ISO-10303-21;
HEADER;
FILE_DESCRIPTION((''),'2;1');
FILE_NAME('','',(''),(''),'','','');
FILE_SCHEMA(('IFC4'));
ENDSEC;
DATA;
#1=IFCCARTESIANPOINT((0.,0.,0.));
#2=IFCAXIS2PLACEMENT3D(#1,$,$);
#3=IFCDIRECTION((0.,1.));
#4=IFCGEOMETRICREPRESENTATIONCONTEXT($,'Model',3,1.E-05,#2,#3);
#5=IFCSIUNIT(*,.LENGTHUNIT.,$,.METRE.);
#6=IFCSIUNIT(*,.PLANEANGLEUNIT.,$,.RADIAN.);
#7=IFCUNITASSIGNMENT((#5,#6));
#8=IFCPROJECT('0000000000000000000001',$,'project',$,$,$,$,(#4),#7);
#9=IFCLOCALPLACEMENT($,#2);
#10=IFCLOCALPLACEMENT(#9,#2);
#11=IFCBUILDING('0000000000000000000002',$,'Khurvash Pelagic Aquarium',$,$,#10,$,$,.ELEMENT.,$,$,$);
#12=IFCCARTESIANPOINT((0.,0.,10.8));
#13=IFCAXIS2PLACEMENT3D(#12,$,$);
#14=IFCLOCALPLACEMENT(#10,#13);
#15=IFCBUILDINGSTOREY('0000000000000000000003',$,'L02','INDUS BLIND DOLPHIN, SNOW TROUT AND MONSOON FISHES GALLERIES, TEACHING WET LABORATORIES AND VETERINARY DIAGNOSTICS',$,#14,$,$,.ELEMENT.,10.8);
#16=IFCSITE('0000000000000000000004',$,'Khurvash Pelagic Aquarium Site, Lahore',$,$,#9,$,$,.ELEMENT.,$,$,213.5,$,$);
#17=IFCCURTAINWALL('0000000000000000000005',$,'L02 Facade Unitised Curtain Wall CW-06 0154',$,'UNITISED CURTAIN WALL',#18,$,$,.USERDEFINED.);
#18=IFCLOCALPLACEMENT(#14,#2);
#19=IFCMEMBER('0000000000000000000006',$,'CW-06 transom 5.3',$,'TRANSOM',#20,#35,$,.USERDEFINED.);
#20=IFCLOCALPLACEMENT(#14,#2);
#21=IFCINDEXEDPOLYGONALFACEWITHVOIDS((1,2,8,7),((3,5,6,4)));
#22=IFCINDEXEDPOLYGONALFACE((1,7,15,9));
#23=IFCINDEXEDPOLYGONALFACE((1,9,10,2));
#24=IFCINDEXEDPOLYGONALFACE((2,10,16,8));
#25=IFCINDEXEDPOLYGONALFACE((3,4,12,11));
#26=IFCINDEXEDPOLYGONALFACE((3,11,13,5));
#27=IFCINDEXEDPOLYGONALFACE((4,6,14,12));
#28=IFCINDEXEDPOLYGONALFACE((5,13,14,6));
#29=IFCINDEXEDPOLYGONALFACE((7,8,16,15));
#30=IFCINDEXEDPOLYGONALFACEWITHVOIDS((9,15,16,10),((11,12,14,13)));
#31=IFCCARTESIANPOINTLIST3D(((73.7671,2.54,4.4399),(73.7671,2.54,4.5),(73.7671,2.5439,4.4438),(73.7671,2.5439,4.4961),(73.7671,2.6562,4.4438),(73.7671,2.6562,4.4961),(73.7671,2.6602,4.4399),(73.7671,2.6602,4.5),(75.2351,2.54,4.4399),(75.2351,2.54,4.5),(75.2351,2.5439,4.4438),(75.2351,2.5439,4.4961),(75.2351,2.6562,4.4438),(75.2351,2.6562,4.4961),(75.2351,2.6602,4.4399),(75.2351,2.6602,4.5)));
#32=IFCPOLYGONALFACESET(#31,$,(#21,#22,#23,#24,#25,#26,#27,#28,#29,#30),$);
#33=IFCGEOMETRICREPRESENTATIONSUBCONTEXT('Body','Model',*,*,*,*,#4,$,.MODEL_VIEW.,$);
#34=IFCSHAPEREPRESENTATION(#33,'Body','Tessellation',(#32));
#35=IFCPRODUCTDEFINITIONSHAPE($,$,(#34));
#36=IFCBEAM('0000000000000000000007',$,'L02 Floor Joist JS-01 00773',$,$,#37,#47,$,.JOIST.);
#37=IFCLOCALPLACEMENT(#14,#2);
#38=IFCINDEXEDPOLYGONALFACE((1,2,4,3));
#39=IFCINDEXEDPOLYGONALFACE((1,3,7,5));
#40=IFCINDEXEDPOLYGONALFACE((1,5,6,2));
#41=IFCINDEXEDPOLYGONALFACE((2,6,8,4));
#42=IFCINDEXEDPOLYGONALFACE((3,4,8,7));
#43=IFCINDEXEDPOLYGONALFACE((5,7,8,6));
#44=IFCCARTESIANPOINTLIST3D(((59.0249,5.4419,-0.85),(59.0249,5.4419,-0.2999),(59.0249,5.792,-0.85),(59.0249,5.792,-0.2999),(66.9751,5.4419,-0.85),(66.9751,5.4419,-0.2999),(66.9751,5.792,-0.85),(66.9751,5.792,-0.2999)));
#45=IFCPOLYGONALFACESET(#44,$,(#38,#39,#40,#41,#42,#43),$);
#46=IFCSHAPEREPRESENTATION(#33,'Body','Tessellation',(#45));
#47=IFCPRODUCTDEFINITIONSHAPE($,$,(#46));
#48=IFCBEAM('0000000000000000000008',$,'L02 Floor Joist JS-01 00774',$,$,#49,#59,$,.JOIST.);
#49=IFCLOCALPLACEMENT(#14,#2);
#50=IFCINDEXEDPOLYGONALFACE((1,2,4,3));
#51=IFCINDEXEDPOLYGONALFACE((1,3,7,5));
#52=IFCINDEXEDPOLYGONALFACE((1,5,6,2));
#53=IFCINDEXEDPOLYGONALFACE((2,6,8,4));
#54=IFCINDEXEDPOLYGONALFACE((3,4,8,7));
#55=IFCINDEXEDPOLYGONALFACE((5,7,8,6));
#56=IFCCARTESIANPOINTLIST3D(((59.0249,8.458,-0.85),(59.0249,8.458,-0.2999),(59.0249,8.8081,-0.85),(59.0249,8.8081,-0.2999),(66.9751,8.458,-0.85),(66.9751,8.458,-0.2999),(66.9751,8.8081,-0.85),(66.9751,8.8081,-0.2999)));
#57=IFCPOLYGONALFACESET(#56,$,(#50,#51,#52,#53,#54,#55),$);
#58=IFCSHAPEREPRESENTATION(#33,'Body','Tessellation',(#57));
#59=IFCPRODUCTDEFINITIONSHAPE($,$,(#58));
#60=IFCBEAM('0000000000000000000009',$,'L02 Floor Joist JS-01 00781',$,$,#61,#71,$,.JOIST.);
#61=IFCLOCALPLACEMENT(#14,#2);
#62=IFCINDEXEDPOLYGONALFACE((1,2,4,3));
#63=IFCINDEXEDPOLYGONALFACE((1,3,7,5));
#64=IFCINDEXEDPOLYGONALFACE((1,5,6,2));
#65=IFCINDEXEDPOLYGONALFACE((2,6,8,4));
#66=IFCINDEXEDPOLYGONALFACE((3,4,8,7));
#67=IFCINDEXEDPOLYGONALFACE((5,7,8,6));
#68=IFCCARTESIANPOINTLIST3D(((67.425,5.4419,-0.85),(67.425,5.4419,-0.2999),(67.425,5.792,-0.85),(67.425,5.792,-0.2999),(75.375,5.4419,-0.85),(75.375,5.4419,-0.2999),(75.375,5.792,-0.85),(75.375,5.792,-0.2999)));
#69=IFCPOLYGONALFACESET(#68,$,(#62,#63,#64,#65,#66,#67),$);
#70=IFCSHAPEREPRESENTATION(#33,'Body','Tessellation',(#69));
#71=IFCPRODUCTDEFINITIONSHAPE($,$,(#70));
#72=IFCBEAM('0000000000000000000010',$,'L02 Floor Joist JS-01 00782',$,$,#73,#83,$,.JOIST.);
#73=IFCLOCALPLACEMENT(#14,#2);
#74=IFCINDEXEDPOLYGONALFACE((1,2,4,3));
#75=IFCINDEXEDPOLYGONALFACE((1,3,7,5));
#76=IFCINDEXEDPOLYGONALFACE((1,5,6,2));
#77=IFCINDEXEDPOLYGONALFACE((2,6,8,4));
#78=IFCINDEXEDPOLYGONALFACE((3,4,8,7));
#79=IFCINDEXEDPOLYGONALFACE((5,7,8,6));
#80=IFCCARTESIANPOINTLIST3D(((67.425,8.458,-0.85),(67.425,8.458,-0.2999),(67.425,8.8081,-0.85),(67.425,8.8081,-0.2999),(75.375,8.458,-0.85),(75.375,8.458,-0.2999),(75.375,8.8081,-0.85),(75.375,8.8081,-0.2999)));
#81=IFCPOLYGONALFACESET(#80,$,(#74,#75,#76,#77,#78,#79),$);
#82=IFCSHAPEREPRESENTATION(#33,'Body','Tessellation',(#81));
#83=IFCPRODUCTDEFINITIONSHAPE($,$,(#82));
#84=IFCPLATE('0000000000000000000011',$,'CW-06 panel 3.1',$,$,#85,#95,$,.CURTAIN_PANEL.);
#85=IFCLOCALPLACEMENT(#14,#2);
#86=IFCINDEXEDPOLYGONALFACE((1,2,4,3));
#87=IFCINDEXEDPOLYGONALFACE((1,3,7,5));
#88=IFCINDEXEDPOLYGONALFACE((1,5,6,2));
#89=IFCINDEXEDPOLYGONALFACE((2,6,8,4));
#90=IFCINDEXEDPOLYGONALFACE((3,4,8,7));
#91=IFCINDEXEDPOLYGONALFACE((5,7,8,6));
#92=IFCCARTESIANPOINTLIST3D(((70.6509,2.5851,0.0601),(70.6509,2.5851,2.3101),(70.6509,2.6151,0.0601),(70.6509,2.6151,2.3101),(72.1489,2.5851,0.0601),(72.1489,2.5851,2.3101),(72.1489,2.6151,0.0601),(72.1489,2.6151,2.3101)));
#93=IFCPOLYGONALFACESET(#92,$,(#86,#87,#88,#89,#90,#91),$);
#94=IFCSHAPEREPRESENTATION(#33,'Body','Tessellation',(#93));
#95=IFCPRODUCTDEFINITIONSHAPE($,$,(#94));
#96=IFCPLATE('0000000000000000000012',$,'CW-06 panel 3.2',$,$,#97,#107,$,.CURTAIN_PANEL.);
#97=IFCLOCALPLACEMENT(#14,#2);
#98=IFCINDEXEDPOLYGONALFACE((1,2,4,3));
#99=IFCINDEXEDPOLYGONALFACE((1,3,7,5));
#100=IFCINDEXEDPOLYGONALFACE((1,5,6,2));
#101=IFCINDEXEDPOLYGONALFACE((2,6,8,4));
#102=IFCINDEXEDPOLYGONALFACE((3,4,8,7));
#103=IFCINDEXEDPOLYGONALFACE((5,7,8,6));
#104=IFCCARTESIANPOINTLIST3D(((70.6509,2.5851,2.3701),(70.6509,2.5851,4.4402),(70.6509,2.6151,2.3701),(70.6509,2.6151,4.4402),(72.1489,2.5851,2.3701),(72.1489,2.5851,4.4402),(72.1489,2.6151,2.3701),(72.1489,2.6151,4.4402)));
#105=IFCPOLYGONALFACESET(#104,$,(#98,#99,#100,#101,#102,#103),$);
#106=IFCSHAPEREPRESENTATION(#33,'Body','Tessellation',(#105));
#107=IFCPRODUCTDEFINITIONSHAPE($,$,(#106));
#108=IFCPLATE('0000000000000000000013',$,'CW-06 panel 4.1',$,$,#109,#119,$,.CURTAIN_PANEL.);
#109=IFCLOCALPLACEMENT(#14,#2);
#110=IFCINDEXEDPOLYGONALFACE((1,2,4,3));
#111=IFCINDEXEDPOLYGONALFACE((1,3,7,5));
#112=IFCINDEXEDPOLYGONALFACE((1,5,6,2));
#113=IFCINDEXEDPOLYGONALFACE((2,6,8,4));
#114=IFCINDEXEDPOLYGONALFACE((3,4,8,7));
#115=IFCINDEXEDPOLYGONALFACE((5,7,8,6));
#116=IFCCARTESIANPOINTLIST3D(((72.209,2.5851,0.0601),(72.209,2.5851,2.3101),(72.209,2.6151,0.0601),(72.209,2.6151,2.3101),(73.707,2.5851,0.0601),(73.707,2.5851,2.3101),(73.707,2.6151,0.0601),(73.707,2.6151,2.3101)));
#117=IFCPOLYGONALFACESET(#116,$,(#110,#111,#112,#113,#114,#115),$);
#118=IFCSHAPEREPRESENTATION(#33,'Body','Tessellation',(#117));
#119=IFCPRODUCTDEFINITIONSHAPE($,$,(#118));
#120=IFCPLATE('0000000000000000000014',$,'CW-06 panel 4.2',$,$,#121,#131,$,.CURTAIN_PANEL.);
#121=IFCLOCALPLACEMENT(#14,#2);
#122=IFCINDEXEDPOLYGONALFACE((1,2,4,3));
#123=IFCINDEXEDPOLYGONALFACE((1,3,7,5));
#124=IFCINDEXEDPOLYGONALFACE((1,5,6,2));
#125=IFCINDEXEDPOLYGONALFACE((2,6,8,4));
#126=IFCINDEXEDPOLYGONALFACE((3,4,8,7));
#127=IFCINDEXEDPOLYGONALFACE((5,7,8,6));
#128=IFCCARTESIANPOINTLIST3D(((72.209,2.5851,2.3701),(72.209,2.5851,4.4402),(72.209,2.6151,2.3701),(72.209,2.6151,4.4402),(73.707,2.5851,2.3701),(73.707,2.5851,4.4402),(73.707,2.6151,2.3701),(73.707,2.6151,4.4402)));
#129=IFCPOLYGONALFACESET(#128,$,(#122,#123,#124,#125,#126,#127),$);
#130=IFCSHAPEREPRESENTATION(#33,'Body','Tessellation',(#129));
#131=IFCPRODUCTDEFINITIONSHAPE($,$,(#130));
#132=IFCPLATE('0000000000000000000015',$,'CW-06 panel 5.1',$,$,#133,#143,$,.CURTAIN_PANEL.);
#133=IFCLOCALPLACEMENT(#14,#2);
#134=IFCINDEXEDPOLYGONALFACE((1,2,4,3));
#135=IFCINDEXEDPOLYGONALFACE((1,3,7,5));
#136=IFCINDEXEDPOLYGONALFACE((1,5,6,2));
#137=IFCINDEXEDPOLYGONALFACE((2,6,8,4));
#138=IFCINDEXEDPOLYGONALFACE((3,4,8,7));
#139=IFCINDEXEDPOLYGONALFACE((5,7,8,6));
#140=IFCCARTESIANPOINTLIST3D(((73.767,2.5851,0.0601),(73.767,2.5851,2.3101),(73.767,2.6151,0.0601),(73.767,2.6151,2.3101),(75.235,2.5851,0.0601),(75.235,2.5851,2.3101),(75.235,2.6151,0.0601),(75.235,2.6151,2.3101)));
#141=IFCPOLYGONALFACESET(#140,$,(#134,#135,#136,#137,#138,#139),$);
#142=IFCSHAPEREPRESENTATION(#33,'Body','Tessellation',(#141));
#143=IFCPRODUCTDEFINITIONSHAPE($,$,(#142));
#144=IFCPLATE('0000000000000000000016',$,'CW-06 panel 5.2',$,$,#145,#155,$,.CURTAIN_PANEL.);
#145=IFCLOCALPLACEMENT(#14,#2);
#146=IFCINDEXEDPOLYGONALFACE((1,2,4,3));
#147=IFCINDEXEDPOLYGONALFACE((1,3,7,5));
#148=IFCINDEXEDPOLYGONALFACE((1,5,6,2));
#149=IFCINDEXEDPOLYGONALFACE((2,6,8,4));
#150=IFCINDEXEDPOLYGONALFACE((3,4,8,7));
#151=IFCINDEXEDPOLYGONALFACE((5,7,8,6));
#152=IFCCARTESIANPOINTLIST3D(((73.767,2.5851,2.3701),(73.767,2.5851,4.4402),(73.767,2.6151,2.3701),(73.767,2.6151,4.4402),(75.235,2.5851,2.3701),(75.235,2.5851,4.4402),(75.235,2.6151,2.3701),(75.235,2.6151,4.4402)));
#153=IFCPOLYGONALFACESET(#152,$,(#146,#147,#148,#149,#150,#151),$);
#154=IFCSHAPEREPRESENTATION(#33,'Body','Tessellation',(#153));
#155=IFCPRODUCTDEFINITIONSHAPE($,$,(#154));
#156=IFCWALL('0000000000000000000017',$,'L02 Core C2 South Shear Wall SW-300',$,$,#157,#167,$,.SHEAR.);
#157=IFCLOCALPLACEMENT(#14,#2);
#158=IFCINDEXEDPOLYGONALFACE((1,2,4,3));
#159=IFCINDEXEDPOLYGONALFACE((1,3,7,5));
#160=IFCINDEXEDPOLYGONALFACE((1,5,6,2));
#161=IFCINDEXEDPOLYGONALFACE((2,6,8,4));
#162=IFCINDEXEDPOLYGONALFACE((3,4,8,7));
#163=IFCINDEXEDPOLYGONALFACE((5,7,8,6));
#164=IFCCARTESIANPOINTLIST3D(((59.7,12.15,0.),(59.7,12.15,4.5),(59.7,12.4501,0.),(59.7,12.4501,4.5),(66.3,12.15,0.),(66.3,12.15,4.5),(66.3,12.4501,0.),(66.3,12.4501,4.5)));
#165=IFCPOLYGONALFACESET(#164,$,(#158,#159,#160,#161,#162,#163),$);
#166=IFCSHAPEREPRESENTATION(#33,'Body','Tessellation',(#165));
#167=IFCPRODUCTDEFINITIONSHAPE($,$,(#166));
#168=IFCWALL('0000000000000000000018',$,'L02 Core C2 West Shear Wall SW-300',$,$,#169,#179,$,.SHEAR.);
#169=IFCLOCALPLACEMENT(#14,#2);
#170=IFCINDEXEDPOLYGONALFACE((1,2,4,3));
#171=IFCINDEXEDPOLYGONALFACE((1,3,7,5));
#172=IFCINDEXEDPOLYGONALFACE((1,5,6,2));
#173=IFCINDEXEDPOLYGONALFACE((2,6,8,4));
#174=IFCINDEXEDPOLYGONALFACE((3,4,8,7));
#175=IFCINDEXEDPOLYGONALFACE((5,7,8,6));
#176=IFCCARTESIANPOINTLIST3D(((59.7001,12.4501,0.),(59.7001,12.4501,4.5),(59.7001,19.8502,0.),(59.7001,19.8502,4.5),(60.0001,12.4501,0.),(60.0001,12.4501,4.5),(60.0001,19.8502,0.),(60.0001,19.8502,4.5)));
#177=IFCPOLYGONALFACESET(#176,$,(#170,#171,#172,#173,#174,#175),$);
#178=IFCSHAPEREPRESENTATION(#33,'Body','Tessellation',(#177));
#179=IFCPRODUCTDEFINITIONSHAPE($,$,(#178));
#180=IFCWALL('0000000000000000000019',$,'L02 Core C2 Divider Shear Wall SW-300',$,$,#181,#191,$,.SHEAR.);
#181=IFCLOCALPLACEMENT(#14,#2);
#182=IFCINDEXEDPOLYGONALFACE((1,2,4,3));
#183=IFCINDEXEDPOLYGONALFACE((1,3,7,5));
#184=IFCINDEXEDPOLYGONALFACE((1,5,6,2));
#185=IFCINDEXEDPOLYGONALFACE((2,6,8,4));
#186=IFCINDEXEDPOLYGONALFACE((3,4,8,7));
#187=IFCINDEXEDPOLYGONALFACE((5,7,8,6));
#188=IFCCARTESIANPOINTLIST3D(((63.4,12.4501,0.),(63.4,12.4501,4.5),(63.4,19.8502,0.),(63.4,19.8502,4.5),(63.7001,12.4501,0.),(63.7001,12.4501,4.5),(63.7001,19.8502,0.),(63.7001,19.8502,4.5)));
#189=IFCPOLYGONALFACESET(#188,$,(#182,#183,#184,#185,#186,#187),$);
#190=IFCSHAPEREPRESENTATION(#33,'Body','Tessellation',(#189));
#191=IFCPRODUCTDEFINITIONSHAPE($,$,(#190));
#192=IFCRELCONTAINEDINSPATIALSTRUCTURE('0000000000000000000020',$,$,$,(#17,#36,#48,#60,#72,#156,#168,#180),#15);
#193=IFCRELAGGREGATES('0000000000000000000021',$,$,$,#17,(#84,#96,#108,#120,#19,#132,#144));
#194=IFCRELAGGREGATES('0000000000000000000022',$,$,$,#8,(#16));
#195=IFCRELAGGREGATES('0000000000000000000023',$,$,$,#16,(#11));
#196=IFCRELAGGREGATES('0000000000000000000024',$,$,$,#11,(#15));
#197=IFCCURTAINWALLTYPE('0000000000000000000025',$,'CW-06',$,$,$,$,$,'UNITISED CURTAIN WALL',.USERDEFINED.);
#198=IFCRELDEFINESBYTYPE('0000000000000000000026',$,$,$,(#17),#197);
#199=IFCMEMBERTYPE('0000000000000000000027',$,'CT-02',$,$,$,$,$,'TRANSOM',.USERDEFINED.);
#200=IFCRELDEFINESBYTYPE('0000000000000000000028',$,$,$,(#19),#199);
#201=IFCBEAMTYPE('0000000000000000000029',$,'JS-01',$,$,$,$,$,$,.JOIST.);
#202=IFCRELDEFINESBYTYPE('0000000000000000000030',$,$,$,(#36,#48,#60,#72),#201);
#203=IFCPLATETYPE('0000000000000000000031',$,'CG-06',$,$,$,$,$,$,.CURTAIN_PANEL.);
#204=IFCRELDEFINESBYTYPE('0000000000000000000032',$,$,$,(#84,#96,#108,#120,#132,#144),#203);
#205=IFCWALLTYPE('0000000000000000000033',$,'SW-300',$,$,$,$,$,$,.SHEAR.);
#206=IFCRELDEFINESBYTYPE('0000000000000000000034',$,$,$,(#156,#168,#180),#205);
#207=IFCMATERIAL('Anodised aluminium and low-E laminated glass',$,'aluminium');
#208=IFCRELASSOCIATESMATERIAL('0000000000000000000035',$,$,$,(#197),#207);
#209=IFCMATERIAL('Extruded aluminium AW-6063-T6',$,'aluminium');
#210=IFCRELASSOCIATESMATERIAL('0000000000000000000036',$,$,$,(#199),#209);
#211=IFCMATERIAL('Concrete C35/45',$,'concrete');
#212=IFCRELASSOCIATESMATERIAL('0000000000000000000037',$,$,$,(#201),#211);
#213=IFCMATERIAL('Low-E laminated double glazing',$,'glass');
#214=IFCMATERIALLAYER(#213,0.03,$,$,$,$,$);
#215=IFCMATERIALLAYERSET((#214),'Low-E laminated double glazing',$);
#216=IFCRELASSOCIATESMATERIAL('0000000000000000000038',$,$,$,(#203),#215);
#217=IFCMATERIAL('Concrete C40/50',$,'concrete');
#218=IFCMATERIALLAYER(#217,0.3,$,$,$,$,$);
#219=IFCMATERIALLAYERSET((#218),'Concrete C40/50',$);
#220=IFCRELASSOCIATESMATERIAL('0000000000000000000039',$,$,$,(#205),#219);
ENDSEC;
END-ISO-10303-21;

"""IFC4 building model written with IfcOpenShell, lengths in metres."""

from ifc_helpers import new_model, si_unit, direction, frame, frame_2d, origin, origin_2d, place, context, subcontext, project, spatial, rectangle, hollow_rectangle, extrude, material, layer, layer_set, material_profile, profile_set, type_object, element, aggregate, save


model = new_model("IFC4")

# Units and contexts
model_context = context("Model", 3, precision=1e-05, world=origin(), true_north=direction((0.0, 1.0)))
body_context = subcontext(model_context, "Body", "Model", "MODEL_VIEW")
ifc_project = project(units=[si_unit("LENGTHUNIT", "METRE"), si_unit("PLANEANGLEUNIT", "RADIAN")], contexts=[model_context])

# Site, building, storey
site_placement = place(None, origin())
site = spatial("IfcSite", under=ifc_project, at=site_placement, Name="Khurvash Pelagic Aquarium Site, Lahore", CompositionType="ELEMENT", RefElevation=213.5)
building_placement = place(site_placement, origin())
building = spatial("IfcBuilding", under=site, at=building_placement, Name="Khurvash Pelagic Aquarium", CompositionType="ELEMENT")
storey_placement = place(building_placement, frame((0.0, 0.0, 10.8)))
storey = spatial("IfcBuildingStorey", under=building, at=storey_placement, Name="L02", Description="INDUS BLIND DOLPHIN, SNOW TROUT AND MONSOON FISHES GALLERIES, TEACHING WET LABORATORIES AND VETERINARY DIAGNOSTICS", CompositionType="ELEMENT", Elevation=10.8)

# Shared definitions
ifc_material_1 = material(Name="Concrete C40/50", Category="concrete")

# Shared definitions
ifc_material_2 = material(Name="Concrete C35/45", Category="concrete")

# Curtain wall, member
ifc_material_3 = material(Name="Anodised aluminium and low-E laminated glass", Category="aluminium")
curtain_wall_type = type_object("IfcCurtainWallType", Name="CW-06", ElementType="UNITISED CURTAIN WALL", PredefinedType="USERDEFINED", material=ifc_material_3)
curtain_wall_placement = place(storey_placement, origin())
curtain_wall = element("IfcCurtainWall", 1, at=curtain_wall_placement, inside=storey, type_object=curtain_wall_type, Name="L02 Facade Unitised Curtain Wall CW-06 0154", ObjectType="UNITISED CURTAIN WALL", PredefinedType="USERDEFINED")
ifc_material_4 = material(Name="Extruded aluminium AW-6063-T6", Category="aluminium")
ifc_material_profile_1 = material_profile(ifc_material_4, hollow_rectangle(XDim=0.1201, YDim=0.0601, WallThickness=0.0039, at=origin_2d()), Name="CWT120X60X4")
ifc_profile_set_1 = profile_set([ifc_material_profile_1], Name="Extruded aluminium AW-6063-T6")
member_type_1 = type_object("IfcMemberType", Name="CT-02", ElementType="TRANSOM", PredefinedType="USERDEFINED", material=ifc_profile_set_1)
member_1_placement = place(storey_placement, frame((73.7671, 2.6001, 4.47), z_axis=(1.0, 0.0, 0.0), x_axis=(0.0, 1.0, 0.0)))
member_1 = element("IfcMember", 2, at=member_1_placement, type_object=member_type_1, Name="CW-06 transom 5.3", ObjectType="TRANSOM", PredefinedType="USERDEFINED", context=body_context, shape_type="SweptSolid", body=[
    extrude(hollow_rectangle(XDim=0.1201, YDim=0.0601, WallThickness=0.0039, at=origin_2d()), origin(), (0.0, 0.0, 1.0), 1.468),
])

# Beams
ifc_material_profile_2 = material_profile(ifc_material_2, rectangle(XDim=0.3501, YDim=0.55, at=origin_2d()), Name="RC350X550")
ifc_profile_set_2 = profile_set([ifc_material_profile_2], Name="Concrete C35/45")
beam_type_1 = type_object("IfcBeamType", Name="JS-01", PredefinedType="JOIST", material=ifc_profile_set_2)
for number, where, z_axis, x_axis, name in (
    (3, (59.0249, 5.6169, -0.575), (1.0, 0.0, 0.0), (0.0, 1.0, 0.0), "L02 Floor Joist JS-01 00773"),
    (4, (59.0249, 8.6331, -0.575), (1.0, 0.0, 0.0), (0.0, 1.0, 0.0), "L02 Floor Joist JS-01 00774"),
):
    element("IfcBeam", number, at=place(storey_placement, frame(where, z_axis=z_axis, x_axis=x_axis)), inside=storey, type_object=beam_type_1, Name=name, PredefinedType="JOIST", context=body_context, shape_type="SweptSolid", body=[
        extrude(rectangle(XDim=0.3501, YDim=0.55, at=origin_2d()), origin(), (0.0, 0.0, 1.0), 7.9502),
    ])
for number, where, z_axis, x_axis, name in (
    (5, (67.425, 5.6169, -0.575), (1.0, 0.0, 0.0), (0.0, 1.0, 0.0), "L02 Floor Joist JS-01 00781"),
    (6, (67.425, 8.6331, -0.575), (1.0, 0.0, 0.0), (0.0, 1.0, 0.0), "L02 Floor Joist JS-01 00782"),
):
    element("IfcBeam", number, at=place(storey_placement, frame(where, z_axis=z_axis, x_axis=x_axis)), inside=storey, type_object=beam_type_1, Name=name, PredefinedType="JOIST", context=body_context, shape_type="SweptSolid", body=[
        extrude(rectangle(XDim=0.3501, YDim=0.55, at=origin_2d()), origin(), (0.0, 0.0, 1.0), 7.95),
    ])

# Plates
ifc_material_5 = material(Name="Low-E laminated double glazing", Category="glass")
ifc_layer_1 = layer(ifc_material_5, 0.03)
ifc_layer_set_1 = layer_set([ifc_layer_1], Name="Low-E laminated double glazing")
plate_type = type_object("IfcPlateType", Name="CG-06", PredefinedType="CURTAIN_PANEL", material=ifc_layer_set_1)
plate_1_placement = place(storey_placement, frame((71.3999, 2.6001, 0.0601), z_axis=(0.0, 0.0, 1.0), x_axis=(1.0, 0.0, 0.0)))
plate_1 = element("IfcPlate", 7, at=plate_1_placement, type_object=plate_type, Name="CW-06 panel 3.1", PredefinedType="CURTAIN_PANEL", context=body_context, shape_type="SweptSolid", body=[
    extrude(rectangle(XDim=1.498, YDim=0.03, at=origin_2d()), origin(), (0.0, 0.0, 1.0), 2.25),
])
plate_2_placement = place(storey_placement, frame((71.3999, 2.6001, 2.3701), z_axis=(0.0, 0.0, 1.0), x_axis=(1.0, 0.0, 0.0)))
plate_2 = element("IfcPlate", 8, at=plate_2_placement, type_object=plate_type, Name="CW-06 panel 3.2", PredefinedType="CURTAIN_PANEL", context=body_context, shape_type="SweptSolid", body=[
    extrude(rectangle(XDim=1.498, YDim=0.03, at=origin_2d()), origin(), (0.0, 0.0, 1.0), 2.0701),
])
plate_3_placement = place(storey_placement, frame((72.958, 2.6001, 0.0601), z_axis=(0.0, 0.0, 1.0), x_axis=(1.0, 0.0, 0.0)))
plate_3 = element("IfcPlate", 9, at=plate_3_placement, type_object=plate_type, Name="CW-06 panel 4.1", PredefinedType="CURTAIN_PANEL", context=body_context, shape_type="SweptSolid", body=[
    extrude(rectangle(XDim=1.498, YDim=0.03, at=origin_2d()), origin(), (0.0, 0.0, 1.0), 2.25),
])
plate_4_placement = place(storey_placement, frame((72.958, 2.6001, 2.3701), z_axis=(0.0, 0.0, 1.0), x_axis=(1.0, 0.0, 0.0)))
plate_4 = element("IfcPlate", 10, at=plate_4_placement, type_object=plate_type, Name="CW-06 panel 4.2", PredefinedType="CURTAIN_PANEL", context=body_context, shape_type="SweptSolid", body=[
    extrude(rectangle(XDim=1.498, YDim=0.03, at=origin_2d()), origin(), (0.0, 0.0, 1.0), 2.0701),
])
plate_5_placement = place(storey_placement, frame((74.501, 2.6001, 0.0601), z_axis=(0.0, 0.0, 1.0), x_axis=(1.0, 0.0, 0.0)))
plate_5 = element("IfcPlate", 11, at=plate_5_placement, type_object=plate_type, Name="CW-06 panel 5.1", PredefinedType="CURTAIN_PANEL", context=body_context, shape_type="SweptSolid", body=[
    extrude(rectangle(XDim=1.468, YDim=0.03, at=origin_2d()), origin(), (0.0, 0.0, 1.0), 2.25),
])
plate_6_placement = place(storey_placement, frame((74.501, 2.6001, 2.3701), z_axis=(0.0, 0.0, 1.0), x_axis=(1.0, 0.0, 0.0)))
plate_6 = element("IfcPlate", 12, at=plate_6_placement, type_object=plate_type, Name="CW-06 panel 5.2", PredefinedType="CURTAIN_PANEL", context=body_context, shape_type="SweptSolid", body=[
    extrude(rectangle(XDim=1.468, YDim=0.03, at=origin_2d()), origin(), (0.0, 0.0, 1.0), 2.0701),
])
aggregate(curtain_wall, [plate_1, plate_2, plate_3, plate_4, member_1, plate_5, plate_6])

# Walls
ifc_layer_2 = layer(ifc_material_1, 0.3)
ifc_layer_set_2 = layer_set([ifc_layer_2], Name="Concrete C40/50")
wall_type = type_object("IfcWallType", Name="SW-300", PredefinedType="SHEAR", material=ifc_layer_set_2)
wall_placement = place(storey_placement, frame((59.7, 12.3, 0.0), z_axis=(0.0, 0.0, 1.0), x_axis=(1.0, 0.0, 0.0)))
element("IfcWall", 13, at=wall_placement, inside=storey, type_object=wall_type, Name="L02 Core C2 South Shear Wall SW-300", PredefinedType="SHEAR", context=body_context, shape_type="SweptSolid", body=[
    extrude(rectangle(XDim=6.6001, YDim=0.3, at=frame_2d((3.3, 0.0))), origin(), (0.0, 0.0, 1.0), 4.5),
])
for number, where, z_axis, x_axis, name in (
    (14, (59.8501, 12.45, 0.0), (0.0, 0.0, 1.0), (0.0, 1.0, 0.0), "L02 Core C2 West Shear Wall SW-300"),
    (15, (63.55, 12.45, 0.0), (0.0, 0.0, 1.0), (0.0, 1.0, 0.0), "L02 Core C2 Divider Shear Wall SW-300"),
):
    element("IfcWall", number, at=place(storey_placement, frame(where, z_axis=z_axis, x_axis=x_axis)), inside=storey, type_object=wall_type, Name=name, PredefinedType="SHEAR", context=body_context, shape_type="SweptSolid", body=[
        extrude(rectangle(XDim=7.4001, YDim=0.3, at=frame_2d((3.7002, 0.0))), origin(), (0.0, 0.0, 1.0), 4.5),
    ])

save(model, "model.ifc")
